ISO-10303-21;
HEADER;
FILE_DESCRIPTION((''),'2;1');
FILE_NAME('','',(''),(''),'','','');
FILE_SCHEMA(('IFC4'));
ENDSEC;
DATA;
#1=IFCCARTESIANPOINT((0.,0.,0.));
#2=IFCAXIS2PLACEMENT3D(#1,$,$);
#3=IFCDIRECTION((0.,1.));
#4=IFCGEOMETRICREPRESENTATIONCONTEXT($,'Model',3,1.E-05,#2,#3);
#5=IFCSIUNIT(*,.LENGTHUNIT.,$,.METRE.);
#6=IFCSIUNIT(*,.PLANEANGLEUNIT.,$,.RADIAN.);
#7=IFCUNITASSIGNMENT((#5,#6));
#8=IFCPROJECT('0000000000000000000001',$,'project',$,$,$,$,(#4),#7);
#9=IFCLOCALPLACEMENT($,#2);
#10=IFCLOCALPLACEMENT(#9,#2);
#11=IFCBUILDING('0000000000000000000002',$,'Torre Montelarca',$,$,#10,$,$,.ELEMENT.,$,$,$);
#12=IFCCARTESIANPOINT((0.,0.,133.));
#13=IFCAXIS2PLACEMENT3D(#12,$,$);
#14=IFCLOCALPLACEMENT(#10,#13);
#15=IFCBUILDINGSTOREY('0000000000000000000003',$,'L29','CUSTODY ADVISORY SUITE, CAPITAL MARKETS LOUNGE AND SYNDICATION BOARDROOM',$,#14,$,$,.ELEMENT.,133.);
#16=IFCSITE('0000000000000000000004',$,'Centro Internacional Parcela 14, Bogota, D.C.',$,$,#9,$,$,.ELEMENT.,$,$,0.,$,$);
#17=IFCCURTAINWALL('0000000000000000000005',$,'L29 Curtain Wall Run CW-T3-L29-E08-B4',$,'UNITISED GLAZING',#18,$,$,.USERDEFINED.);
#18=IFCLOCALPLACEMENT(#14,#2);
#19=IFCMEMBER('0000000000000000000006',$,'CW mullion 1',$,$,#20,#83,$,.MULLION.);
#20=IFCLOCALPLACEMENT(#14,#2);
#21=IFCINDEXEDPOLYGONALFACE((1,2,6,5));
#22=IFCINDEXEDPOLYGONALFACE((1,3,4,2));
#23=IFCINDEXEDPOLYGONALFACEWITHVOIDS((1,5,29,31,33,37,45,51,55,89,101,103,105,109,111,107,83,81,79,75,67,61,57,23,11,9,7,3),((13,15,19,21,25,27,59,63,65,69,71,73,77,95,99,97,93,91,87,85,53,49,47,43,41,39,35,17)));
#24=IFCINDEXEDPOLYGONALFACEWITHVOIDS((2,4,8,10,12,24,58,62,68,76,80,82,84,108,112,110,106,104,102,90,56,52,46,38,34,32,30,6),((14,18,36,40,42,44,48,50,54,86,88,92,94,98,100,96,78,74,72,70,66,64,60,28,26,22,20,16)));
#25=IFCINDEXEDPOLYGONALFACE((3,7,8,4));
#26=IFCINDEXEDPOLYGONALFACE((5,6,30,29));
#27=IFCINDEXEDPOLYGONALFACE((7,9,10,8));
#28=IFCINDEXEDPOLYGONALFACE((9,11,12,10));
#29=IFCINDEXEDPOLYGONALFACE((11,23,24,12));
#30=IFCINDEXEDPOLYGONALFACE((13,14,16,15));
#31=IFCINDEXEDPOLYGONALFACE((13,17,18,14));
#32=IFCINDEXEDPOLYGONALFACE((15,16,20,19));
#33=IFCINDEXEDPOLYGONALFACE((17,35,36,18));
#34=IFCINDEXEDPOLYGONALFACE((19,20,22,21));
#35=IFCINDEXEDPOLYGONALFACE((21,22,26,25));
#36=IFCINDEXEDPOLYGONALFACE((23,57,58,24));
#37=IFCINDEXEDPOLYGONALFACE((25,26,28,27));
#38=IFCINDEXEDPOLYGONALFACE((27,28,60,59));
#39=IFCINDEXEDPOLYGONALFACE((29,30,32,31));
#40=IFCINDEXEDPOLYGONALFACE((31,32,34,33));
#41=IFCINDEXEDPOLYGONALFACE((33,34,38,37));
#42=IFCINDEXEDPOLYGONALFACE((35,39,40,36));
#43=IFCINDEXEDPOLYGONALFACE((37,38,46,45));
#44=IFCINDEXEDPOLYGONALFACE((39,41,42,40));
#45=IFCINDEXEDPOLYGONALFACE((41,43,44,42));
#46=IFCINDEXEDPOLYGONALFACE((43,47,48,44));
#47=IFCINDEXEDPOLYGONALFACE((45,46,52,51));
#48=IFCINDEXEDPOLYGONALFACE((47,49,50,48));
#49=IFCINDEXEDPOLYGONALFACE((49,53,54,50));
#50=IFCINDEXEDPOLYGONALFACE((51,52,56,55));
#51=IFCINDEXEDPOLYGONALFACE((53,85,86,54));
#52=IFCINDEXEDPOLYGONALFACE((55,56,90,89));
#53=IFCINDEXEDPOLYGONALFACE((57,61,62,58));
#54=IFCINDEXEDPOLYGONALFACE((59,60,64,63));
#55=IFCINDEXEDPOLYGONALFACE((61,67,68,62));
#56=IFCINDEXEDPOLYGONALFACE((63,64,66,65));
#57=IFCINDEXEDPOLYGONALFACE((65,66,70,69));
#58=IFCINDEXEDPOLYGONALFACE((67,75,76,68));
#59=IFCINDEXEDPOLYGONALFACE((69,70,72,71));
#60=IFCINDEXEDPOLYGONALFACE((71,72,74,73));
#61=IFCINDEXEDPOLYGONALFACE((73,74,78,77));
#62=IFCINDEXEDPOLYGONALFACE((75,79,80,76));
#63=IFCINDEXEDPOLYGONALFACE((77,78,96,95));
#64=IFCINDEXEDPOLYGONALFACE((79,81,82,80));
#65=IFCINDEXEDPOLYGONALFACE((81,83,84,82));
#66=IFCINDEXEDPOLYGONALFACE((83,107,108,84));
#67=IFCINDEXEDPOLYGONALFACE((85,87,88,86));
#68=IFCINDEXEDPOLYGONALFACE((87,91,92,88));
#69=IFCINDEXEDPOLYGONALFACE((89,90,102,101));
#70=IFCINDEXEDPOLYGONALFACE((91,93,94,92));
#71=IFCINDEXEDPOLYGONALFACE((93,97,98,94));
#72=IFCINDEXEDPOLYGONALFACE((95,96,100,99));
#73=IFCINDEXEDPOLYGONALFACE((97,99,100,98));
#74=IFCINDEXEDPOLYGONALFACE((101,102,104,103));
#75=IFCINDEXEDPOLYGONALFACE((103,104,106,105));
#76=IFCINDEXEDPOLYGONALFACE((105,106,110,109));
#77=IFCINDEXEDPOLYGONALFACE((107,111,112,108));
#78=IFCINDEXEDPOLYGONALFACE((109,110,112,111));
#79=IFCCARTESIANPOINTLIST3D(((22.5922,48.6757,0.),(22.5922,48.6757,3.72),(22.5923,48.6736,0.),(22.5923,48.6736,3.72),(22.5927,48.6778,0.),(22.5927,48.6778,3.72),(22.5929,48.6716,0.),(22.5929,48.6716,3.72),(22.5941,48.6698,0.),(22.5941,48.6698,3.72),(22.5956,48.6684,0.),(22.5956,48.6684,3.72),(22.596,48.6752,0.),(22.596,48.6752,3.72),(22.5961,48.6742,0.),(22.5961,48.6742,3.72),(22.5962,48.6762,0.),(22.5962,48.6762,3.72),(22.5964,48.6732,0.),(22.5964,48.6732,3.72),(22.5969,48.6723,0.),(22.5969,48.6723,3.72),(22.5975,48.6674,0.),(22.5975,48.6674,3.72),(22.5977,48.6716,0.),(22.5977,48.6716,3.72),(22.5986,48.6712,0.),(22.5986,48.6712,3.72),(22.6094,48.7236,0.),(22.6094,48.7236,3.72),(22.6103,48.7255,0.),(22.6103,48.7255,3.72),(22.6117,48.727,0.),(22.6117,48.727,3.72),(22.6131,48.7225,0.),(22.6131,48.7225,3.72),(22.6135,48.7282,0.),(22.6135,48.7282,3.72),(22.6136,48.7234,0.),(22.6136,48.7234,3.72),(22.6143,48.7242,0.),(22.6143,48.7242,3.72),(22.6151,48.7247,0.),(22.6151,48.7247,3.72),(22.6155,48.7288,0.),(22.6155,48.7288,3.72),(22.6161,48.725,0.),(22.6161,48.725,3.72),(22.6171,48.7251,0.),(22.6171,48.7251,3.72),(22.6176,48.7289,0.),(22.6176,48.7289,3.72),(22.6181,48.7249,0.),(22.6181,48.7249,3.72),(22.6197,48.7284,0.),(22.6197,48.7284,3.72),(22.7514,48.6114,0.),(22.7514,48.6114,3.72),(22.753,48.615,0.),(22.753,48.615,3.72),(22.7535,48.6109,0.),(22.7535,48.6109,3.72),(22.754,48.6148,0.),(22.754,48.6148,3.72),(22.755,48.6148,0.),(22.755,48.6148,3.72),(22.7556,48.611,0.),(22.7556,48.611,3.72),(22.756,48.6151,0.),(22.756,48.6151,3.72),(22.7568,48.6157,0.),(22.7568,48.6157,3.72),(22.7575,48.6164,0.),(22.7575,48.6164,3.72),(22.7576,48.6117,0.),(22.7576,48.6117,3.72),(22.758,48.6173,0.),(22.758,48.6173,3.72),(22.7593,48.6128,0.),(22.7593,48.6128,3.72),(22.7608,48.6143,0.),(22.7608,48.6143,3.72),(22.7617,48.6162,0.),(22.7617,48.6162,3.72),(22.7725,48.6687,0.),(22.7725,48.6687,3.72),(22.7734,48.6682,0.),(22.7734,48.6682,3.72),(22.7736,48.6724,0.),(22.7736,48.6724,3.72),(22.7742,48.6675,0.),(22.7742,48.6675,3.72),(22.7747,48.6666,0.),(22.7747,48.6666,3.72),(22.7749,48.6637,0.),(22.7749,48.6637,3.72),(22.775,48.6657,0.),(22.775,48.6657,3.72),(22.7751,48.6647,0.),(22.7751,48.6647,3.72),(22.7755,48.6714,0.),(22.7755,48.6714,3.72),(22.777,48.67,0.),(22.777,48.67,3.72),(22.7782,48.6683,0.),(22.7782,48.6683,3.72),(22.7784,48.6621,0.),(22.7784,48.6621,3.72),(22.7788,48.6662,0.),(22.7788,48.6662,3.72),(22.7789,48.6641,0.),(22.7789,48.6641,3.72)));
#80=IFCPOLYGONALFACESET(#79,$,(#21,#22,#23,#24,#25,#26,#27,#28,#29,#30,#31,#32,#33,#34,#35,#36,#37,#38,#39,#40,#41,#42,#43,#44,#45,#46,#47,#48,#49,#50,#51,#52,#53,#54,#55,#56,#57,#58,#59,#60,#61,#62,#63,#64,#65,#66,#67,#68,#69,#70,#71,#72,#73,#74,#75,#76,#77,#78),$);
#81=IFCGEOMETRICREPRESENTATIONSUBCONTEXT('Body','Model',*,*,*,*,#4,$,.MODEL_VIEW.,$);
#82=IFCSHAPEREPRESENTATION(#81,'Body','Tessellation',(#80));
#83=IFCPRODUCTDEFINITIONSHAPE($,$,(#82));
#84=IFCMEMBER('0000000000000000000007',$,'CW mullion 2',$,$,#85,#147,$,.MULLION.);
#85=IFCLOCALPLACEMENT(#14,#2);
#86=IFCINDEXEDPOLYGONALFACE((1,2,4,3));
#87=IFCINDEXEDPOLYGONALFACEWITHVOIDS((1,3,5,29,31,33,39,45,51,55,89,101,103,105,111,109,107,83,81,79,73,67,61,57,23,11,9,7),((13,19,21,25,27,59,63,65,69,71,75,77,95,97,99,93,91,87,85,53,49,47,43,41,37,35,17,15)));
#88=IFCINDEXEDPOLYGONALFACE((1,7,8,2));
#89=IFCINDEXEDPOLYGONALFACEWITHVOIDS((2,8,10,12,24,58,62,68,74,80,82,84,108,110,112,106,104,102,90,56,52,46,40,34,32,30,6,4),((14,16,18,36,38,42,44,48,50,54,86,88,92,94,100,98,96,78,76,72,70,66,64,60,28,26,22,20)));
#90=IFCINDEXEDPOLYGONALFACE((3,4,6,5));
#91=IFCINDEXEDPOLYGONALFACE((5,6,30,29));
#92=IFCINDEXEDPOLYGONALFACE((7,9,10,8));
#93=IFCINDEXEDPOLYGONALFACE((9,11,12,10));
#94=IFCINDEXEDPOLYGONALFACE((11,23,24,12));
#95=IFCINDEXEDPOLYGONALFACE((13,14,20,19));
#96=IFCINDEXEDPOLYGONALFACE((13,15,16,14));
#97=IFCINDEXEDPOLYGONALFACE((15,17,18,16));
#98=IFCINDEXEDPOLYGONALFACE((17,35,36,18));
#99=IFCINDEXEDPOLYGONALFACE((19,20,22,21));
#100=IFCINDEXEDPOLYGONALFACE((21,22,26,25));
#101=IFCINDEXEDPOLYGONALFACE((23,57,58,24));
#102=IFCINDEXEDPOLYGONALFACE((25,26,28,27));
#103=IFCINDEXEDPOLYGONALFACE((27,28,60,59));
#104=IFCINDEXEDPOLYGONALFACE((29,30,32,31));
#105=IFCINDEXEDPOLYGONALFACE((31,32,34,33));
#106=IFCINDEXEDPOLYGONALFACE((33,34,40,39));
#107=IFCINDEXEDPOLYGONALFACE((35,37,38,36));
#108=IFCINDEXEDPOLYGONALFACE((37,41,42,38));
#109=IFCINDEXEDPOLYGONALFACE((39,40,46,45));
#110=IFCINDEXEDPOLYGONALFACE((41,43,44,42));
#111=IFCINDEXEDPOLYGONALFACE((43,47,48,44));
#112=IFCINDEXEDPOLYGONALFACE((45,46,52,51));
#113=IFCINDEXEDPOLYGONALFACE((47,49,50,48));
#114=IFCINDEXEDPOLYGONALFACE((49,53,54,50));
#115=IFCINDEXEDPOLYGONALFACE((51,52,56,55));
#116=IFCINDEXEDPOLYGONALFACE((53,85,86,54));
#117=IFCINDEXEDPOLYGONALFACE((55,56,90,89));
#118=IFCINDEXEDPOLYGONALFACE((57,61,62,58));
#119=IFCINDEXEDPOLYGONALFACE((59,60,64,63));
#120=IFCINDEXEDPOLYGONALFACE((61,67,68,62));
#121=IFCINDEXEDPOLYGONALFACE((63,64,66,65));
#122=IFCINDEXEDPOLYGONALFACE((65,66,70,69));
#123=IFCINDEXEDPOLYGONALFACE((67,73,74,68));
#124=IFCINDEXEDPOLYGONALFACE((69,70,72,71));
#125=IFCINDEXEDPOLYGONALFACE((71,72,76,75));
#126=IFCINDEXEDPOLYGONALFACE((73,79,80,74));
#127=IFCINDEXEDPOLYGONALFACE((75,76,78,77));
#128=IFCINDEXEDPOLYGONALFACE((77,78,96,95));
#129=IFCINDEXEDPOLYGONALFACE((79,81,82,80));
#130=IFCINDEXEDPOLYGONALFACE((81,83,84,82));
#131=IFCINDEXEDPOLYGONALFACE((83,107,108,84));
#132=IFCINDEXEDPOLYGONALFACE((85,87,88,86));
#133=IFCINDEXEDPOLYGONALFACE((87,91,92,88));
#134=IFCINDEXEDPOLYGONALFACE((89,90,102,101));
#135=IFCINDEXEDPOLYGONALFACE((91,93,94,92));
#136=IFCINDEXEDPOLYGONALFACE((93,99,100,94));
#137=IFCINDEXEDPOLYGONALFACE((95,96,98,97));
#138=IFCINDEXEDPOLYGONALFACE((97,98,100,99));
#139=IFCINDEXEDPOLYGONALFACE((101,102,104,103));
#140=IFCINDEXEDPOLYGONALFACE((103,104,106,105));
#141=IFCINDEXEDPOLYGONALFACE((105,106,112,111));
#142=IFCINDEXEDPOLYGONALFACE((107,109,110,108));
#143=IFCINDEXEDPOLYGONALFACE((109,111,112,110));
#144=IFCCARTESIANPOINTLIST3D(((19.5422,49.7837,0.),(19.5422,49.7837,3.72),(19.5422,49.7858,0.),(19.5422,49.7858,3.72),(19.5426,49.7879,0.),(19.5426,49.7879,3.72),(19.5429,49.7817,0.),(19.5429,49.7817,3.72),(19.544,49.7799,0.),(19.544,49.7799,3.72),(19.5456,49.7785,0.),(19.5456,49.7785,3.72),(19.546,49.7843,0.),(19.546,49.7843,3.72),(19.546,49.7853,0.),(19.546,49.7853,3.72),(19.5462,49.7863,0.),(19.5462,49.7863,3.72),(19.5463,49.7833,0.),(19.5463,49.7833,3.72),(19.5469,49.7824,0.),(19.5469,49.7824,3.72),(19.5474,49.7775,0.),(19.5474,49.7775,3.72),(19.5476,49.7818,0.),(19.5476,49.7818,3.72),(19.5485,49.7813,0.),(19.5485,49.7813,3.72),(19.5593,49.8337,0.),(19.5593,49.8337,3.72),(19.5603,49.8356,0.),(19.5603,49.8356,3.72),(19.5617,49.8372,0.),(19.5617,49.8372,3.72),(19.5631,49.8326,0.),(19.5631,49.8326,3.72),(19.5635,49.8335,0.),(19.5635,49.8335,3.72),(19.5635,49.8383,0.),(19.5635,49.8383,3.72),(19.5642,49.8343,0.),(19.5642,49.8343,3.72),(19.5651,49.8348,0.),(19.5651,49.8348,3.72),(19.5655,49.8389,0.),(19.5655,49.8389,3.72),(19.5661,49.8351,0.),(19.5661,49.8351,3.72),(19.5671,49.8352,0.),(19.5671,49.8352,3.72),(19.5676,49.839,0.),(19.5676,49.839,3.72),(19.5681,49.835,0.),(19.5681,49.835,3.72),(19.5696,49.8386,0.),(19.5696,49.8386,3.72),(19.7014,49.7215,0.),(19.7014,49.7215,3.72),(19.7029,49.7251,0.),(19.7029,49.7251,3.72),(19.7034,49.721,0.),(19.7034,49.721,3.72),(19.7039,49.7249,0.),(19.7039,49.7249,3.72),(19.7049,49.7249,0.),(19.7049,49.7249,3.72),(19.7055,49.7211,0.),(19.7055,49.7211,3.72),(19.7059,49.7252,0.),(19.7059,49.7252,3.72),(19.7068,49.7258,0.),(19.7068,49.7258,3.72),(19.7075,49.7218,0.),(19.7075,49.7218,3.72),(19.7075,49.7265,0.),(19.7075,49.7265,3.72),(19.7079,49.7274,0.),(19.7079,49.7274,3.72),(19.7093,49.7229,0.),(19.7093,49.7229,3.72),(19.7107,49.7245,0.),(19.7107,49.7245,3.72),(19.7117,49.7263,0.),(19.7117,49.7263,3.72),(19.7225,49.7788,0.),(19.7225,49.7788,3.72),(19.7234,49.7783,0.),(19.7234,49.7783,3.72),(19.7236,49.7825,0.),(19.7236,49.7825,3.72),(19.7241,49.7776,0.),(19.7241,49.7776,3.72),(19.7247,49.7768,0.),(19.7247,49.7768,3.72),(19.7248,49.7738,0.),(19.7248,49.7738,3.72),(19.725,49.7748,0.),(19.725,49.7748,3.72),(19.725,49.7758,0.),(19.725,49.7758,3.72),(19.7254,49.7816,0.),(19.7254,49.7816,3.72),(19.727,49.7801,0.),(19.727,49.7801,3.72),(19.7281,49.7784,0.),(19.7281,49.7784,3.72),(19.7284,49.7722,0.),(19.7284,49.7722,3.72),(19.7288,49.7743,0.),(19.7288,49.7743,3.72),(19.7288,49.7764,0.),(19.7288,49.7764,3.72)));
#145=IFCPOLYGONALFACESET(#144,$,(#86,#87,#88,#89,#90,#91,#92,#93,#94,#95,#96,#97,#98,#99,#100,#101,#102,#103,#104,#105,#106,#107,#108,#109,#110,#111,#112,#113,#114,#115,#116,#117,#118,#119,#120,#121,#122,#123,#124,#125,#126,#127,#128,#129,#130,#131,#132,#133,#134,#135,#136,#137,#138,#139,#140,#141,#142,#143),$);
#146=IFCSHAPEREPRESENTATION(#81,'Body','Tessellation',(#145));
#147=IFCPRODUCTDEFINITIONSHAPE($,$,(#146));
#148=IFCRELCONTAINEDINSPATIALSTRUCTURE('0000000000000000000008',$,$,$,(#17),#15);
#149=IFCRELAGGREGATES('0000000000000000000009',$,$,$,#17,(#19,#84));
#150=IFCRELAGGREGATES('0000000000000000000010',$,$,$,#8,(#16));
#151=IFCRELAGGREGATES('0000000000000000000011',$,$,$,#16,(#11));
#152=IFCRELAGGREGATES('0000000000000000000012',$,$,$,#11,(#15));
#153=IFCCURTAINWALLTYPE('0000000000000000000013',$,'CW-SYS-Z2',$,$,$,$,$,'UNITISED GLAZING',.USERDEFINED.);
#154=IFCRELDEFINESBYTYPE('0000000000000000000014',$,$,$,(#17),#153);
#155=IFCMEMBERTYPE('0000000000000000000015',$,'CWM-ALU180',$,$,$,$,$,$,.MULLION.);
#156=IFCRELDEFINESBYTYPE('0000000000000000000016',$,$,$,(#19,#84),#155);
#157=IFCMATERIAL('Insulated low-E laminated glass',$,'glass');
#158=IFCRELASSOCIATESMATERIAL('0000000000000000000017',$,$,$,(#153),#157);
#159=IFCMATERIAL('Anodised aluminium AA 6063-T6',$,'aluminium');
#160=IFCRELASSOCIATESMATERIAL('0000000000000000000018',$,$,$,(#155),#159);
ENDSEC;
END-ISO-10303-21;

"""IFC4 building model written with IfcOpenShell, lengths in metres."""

from ifc_helpers import new_model, si_unit, direction, frame, origin, origin_2d, place, context, subcontext, project, spatial, hollow_rectangle, extrude, source, transform, mapped, material, material_profile, profile_set, type_object, element, aggregate, save


model = new_model("IFC4")

# Units and contexts
model_context = context("Model", 3, precision=1e-05, world=origin(), true_north=direction((0.0, 1.0)))
body_context = subcontext(model_context, "Body", "Model", "MODEL_VIEW")
ifc_project = project(units=[si_unit("LENGTHUNIT", "METRE"), si_unit("PLANEANGLEUNIT", "RADIAN")], contexts=[model_context])

# Site, building, storey
site_placement = place(None, origin())
site = spatial("IfcSite", under=ifc_project, at=site_placement, Name="Centro Internacional Parcela 14, Bogota, D.C.", CompositionType="ELEMENT", RefElevation=0.0)
building_placement = place(site_placement, origin())
building = spatial("IfcBuilding", under=site, at=building_placement, Name="Torre Montelarca", CompositionType="ELEMENT")
storey_placement = place(building_placement, frame((0.0, 0.0, 133.0)))
storey = spatial("IfcBuildingStorey", under=building, at=storey_placement, Name="L29", Description="CUSTODY ADVISORY SUITE, CAPITAL MARKETS LOUNGE AND SYNDICATION BOARDROOM", CompositionType="ELEMENT", Elevation=133.0)

# Curtain wall, members
ifc_material_1 = material(Name="Insulated low-E laminated glass", Category="glass")
curtain_wall_type = type_object("IfcCurtainWallType", Name="CW-SYS-Z2", ElementType="UNITISED GLAZING", PredefinedType="USERDEFINED", material=ifc_material_1)
ifc_material_2 = material(Name="Anodised aluminium AA 6063-T6", Category="aluminium")
curtain_wall_1_placement = place(storey_placement, origin())
curtain_wall_1 = element("IfcCurtainWall", 1, at=curtain_wall_1_placement, inside=storey, type_object=curtain_wall_type, Name="L29 Curtain Wall Run CW-T3-L29-E08-B4", ObjectType="UNITISED GLAZING", PredefinedType="USERDEFINED")
ifc_material_profile_1 = material_profile(ifc_material_2, hollow_rectangle(XDim=0.0649, YDim=0.1799, WallThickness=0.0039, InnerFilletRadius=0.0039, OuterFilletRadius=0.0081, at=origin_2d()), Name="ALU65X180X4", Category="aluminium")
ifc_profile_set_1 = profile_set([ifc_material_profile_1], Name="Anodised aluminium AA 6063-T6")
member_type_1 = type_object("IfcMemberType", Name="CWM-ALU180", PredefinedType="MULLION", material=ifc_profile_set_1)
shared_shape_1 = source(origin(), body_context, "Body", "SweptSolid", [
    extrude(hollow_rectangle(XDim=0.0649, YDim=0.1799, WallThickness=0.0039, InnerFilletRadius=0.0039, OuterFilletRadius=0.0081, at=origin_2d()), origin(), (0.0, 0.0, 1.0), 3.72),
])
member_1_placement = place(storey_placement, frame((22.6855, 48.6699, 0.0), z_axis=(0.0, 0.0, 1.0), x_axis=(-0.342021, -0.939692, 0.0)))
member_1 = element("IfcMember", 2, at=member_1_placement, type_object=member_type_1, Name="CW mullion 1", PredefinedType="MULLION", context=body_context, shape_type="MappedRepresentation", body=[
    mapped(shared_shape_1, transform((0.0, 0.0, 0.0), scale=1.0)),
])
member_2_placement = place(storey_placement, frame((19.6355, 49.78, 0.0), z_axis=(0.0, 0.0, 1.0), x_axis=(-0.342021, -0.939692, 0.0)))
member_2 = element("IfcMember", 3, at=member_2_placement, type_object=member_type_1, Name="CW mullion 2", PredefinedType="MULLION", context=body_context, shape_type="MappedRepresentation", body=[
    mapped(shared_shape_1, transform((0.0, 0.0, 0.0), scale=1.0)),
])

aggregate(curtain_wall_1, [member_1, member_2])

save(model, "model.ifc")
